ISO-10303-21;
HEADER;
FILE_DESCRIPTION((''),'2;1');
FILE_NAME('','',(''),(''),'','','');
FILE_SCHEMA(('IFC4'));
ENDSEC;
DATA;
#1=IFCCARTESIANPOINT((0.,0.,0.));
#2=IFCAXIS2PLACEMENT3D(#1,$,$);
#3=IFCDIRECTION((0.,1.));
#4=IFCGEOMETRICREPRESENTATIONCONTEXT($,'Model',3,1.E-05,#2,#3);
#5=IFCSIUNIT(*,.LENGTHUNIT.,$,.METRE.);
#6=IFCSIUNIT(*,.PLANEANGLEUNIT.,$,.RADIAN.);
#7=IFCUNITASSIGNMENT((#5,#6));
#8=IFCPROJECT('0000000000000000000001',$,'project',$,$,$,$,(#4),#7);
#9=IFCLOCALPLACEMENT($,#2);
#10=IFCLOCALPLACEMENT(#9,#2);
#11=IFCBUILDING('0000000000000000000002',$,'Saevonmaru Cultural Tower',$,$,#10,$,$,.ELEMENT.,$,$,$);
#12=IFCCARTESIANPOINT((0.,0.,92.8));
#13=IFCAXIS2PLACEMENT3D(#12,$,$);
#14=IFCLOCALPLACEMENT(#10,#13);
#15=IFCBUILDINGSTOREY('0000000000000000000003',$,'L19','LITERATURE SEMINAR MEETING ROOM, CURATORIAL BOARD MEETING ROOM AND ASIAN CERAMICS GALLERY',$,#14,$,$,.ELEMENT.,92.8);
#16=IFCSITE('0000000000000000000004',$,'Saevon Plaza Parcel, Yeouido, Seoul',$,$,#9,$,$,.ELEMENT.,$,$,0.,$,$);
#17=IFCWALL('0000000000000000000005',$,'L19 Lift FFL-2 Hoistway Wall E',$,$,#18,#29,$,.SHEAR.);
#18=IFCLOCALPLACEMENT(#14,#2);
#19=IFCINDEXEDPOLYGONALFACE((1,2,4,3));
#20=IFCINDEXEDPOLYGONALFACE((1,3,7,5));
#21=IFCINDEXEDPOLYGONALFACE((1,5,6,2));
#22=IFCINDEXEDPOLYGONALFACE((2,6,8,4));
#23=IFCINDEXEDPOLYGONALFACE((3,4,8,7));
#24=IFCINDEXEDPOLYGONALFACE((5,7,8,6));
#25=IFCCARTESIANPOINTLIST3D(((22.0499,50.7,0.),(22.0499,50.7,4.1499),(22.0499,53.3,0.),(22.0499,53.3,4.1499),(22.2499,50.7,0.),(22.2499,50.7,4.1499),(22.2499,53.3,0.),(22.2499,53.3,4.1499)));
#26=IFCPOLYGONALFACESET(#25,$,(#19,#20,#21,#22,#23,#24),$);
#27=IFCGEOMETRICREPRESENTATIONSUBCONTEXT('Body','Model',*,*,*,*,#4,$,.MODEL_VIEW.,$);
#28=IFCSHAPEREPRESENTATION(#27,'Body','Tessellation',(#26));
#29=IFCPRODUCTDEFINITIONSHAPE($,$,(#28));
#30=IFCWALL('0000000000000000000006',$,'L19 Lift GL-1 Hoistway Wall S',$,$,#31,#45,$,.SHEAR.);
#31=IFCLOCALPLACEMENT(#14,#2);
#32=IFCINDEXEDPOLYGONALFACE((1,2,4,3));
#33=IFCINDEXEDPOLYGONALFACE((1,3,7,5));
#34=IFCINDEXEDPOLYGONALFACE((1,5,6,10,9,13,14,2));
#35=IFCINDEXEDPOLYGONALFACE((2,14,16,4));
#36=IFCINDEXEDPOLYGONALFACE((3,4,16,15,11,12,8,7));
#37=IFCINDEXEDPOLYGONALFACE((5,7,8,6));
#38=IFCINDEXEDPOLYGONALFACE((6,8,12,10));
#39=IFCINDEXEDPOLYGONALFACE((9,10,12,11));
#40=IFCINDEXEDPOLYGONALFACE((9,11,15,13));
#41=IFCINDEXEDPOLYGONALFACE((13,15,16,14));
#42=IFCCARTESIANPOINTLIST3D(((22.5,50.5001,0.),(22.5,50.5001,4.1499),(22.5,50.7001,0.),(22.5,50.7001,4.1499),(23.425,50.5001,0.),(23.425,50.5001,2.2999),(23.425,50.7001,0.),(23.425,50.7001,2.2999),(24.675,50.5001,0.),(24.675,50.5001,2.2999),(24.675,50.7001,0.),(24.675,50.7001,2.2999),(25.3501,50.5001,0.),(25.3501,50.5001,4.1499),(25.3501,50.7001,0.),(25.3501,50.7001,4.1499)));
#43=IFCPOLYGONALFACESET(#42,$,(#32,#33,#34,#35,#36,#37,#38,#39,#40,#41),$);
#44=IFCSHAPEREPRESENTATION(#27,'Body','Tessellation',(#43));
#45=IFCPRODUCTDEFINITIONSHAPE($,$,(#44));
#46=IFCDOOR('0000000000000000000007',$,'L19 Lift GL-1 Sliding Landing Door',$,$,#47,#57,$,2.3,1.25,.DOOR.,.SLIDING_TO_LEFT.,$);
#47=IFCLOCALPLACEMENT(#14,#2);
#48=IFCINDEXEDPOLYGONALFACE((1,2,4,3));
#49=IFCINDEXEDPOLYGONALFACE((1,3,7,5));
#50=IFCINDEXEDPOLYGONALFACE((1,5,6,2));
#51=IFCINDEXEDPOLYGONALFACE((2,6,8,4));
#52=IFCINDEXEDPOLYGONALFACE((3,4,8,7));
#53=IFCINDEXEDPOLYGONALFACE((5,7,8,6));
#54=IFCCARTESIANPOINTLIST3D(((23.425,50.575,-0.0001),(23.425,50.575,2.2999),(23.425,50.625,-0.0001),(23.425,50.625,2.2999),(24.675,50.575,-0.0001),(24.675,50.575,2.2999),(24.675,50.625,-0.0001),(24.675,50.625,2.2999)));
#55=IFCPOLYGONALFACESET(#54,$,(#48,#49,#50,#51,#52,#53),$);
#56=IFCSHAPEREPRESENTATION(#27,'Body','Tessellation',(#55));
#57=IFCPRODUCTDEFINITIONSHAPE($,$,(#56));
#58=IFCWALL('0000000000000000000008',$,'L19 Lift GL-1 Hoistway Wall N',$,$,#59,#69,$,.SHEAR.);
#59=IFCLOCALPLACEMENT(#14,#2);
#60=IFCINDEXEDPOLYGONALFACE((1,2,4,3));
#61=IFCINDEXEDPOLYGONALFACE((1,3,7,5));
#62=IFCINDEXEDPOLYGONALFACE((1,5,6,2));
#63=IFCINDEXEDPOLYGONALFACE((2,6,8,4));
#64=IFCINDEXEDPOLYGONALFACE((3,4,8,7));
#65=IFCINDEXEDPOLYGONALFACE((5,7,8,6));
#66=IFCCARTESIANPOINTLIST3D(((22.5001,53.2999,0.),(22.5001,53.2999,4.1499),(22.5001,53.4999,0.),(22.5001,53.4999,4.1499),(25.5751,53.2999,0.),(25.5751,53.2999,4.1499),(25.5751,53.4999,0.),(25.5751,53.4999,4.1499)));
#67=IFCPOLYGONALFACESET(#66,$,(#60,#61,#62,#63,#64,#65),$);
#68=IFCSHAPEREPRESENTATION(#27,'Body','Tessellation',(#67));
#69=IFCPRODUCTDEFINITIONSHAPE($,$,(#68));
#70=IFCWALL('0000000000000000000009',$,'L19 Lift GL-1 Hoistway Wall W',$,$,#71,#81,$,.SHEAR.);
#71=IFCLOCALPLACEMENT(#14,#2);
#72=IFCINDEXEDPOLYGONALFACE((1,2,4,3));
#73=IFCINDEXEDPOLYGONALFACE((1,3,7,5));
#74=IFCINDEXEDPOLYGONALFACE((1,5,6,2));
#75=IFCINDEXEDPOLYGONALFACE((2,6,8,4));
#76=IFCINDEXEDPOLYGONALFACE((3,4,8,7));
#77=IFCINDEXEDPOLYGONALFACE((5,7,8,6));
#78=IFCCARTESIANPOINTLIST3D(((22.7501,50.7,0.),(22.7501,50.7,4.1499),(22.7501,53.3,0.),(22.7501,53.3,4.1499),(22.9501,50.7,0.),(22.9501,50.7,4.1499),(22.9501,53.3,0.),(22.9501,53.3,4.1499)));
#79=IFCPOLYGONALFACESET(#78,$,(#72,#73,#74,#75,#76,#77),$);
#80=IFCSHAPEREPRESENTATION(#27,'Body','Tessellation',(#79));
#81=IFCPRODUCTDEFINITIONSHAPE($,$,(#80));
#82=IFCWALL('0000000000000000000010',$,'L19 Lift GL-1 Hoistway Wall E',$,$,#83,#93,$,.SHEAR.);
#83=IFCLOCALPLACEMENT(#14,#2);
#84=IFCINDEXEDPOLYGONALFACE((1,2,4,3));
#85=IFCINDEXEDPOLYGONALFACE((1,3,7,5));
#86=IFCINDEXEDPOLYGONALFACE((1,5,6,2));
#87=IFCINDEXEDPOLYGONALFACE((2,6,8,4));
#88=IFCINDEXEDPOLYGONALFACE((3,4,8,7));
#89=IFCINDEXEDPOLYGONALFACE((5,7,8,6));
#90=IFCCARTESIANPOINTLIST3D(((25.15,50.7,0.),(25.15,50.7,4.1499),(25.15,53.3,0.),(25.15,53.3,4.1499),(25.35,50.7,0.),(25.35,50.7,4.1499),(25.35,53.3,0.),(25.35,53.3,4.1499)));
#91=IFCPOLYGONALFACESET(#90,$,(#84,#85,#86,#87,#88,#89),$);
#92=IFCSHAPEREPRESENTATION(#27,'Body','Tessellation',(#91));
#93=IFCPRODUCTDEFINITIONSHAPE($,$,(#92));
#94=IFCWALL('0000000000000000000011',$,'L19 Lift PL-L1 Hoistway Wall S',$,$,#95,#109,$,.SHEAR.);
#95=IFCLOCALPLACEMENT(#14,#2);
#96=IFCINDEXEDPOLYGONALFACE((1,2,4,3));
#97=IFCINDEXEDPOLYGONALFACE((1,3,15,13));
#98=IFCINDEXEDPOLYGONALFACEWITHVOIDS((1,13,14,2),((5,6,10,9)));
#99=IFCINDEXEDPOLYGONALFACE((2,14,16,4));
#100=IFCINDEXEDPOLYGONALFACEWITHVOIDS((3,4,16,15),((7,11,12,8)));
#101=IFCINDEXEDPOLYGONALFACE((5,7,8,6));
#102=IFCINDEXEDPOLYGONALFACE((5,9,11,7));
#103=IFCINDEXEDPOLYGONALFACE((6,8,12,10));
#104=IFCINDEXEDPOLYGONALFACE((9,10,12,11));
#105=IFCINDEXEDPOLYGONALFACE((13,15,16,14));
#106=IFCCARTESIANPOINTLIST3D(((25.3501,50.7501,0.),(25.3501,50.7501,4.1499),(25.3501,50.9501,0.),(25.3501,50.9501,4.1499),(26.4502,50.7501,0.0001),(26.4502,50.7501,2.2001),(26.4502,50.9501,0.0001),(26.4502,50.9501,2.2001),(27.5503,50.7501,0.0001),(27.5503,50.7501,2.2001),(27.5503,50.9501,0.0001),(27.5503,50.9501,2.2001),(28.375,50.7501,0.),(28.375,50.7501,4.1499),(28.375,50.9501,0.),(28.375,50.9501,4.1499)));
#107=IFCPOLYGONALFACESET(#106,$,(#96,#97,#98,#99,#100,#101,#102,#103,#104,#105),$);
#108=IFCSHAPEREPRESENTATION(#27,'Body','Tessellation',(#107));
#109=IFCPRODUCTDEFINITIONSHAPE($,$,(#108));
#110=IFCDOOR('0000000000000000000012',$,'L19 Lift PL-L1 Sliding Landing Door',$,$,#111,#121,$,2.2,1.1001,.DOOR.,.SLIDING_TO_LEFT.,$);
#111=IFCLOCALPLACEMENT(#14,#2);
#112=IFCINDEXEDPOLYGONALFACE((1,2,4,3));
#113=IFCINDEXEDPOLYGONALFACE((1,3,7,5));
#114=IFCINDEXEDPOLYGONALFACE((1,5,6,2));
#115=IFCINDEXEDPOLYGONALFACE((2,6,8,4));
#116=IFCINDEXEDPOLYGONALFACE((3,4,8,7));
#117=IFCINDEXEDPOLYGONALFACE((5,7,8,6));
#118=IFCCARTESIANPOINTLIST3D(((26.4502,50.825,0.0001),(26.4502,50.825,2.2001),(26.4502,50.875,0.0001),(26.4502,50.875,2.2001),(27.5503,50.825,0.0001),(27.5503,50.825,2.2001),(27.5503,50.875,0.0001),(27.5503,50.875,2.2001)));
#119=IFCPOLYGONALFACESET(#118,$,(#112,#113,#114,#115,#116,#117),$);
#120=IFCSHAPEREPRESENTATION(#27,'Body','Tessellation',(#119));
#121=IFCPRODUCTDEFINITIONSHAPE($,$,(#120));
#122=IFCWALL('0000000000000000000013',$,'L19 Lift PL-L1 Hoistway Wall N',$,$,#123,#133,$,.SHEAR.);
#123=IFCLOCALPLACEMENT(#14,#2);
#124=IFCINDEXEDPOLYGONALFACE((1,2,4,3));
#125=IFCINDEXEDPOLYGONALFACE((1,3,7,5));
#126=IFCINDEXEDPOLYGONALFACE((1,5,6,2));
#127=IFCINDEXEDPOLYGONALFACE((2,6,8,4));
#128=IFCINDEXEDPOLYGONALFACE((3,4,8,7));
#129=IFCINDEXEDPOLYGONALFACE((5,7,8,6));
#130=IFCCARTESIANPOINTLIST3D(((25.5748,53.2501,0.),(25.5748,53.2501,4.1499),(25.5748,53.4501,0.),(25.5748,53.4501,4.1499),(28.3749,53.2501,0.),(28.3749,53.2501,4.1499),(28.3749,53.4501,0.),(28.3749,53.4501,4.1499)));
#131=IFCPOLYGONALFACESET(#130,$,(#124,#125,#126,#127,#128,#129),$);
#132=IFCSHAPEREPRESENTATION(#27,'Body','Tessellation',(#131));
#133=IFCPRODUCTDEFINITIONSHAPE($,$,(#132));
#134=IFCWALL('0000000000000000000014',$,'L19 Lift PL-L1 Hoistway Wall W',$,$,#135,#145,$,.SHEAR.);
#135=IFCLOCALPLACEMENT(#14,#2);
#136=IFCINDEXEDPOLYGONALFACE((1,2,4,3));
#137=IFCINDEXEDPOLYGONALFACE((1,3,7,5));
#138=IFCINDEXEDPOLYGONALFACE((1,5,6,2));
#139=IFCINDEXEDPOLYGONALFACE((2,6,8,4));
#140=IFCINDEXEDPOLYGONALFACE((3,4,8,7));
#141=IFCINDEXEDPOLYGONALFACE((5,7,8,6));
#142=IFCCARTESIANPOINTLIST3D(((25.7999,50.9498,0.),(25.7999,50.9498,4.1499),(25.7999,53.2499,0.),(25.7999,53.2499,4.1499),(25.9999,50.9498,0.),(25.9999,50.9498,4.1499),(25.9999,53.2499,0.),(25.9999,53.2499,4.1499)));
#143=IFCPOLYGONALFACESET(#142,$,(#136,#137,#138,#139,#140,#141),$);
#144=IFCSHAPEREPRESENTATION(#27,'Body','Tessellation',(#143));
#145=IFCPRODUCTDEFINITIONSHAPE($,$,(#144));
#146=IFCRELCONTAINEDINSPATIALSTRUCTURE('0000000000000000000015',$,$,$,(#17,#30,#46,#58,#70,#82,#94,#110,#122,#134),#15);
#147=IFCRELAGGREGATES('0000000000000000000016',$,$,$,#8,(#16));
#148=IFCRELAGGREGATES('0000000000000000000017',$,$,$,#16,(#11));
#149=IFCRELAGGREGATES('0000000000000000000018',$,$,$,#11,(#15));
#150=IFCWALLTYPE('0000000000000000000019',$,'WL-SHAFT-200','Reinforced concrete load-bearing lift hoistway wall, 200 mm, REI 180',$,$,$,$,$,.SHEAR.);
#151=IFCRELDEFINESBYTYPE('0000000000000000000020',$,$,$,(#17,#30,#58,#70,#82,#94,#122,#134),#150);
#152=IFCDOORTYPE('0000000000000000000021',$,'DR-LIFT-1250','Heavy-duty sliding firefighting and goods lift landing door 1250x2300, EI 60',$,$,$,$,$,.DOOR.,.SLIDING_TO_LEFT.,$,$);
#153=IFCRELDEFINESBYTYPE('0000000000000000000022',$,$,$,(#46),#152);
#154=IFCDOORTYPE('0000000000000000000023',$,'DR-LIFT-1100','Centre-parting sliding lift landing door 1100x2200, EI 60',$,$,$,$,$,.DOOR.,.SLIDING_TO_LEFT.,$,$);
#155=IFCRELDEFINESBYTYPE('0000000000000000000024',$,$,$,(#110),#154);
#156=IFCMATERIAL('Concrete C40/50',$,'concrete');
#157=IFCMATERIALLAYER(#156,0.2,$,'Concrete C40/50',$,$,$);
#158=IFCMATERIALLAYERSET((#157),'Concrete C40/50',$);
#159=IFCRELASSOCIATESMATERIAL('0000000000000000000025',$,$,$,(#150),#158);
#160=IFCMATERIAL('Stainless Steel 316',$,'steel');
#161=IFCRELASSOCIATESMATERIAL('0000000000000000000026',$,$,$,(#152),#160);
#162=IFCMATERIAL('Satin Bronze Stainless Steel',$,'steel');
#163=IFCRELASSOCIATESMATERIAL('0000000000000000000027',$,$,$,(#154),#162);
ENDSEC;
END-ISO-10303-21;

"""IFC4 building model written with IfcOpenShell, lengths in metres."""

from ifc_helpers import new_model, si_unit, direction, frame, frame_2d, origin, place, context, subcontext, project, spatial, rectangle, extrude, material, layer, layer_set, type_object, element, fill, save


model = new_model("IFC4")

# Units and contexts
model_context = context("Model", 3, precision=1e-05, world=origin(), true_north=direction((0.0, 1.0)))
body_context = subcontext(model_context, "Body", "Model", "MODEL_VIEW")
ifc_project = project(units=[si_unit("LENGTHUNIT", "METRE"), si_unit("PLANEANGLEUNIT", "RADIAN")], contexts=[model_context])

# Site, building, storey
site_placement = place(None, origin())
site = spatial("IfcSite", under=ifc_project, at=site_placement, Name="Saevon Plaza Parcel, Yeouido, Seoul", CompositionType="ELEMENT", RefElevation=0.0)
building_placement = place(site_placement, origin())
building = spatial("IfcBuilding", under=site, at=building_placement, Name="Saevonmaru Cultural Tower", CompositionType="ELEMENT")
storey_placement = place(building_placement, frame((0.0, 0.0, 92.8)))
storey = spatial("IfcBuildingStorey", under=building, at=storey_placement, Name="L19", Description="LITERATURE SEMINAR MEETING ROOM, CURATORIAL BOARD MEETING ROOM AND ASIAN CERAMICS GALLERY", CompositionType="ELEMENT", Elevation=92.8)

# Wall
ifc_material_1 = material(Name="Concrete C40/50", Category="concrete")
ifc_layer_1 = layer(ifc_material_1, 0.2, Name="Concrete C40/50")
ifc_layer_set_1 = layer_set([ifc_layer_1], Name="Concrete C40/50")
wall_type_1 = type_object("IfcWallType", Name="WL-SHAFT-200", Description="Reinforced concrete load-bearing lift hoistway wall, 200 mm, REI 180", PredefinedType="SHEAR", material=ifc_layer_set_1)
for number, where, z_axis, x_axis, name in (
    (1, (22.1499, 50.7, 0.0), (0.0, 0.0, 1.0), (0.0, 1.0, 0.0), "L19 Lift FFL-2 Hoistway Wall E"),
):
    element("IfcWall", number, at=place(storey_placement, frame(where, z_axis=z_axis, x_axis=x_axis)), inside=storey, type_object=wall_type_1, Name=name, PredefinedType="SHEAR", context=body_context, shape_type="SweptSolid", body=[
        extrude(rectangle(XDim=2.6001, YDim=0.2, at=frame_2d((1.3, 0.0))), origin(), (0.0, 0.0, 1.0), 4.1499),
    ])

# Wall, opening, door
wall_1_placement = place(storey_placement, frame((22.5, 50.6001, 0.0), z_axis=(0.0, 0.0, 1.0), x_axis=(1.0, 0.0, 0.0)))
wall_1 = element("IfcWall", 2, at=wall_1_placement, inside=storey, type_object=wall_type_1, Name="L19 Lift GL-1 Hoistway Wall S", PredefinedType="SHEAR", context=body_context, shape_type="SweptSolid", body=[
    extrude(rectangle(XDim=2.8501, YDim=0.2, at=frame_2d((1.425, 0.0))), origin(), (0.0, 0.0, 1.0), 4.1499),
])
opening_1_placement = place(wall_1_placement, frame((0.925, 0.0, 0.0)))
opening_1 = element("IfcOpeningElement", 3, at=opening_1_placement, cuts=wall_1, PredefinedType="OPENING", context=body_context, shape_type="SweptSolid", body=[
    extrude(rectangle(XDim=1.25, YDim=2.3, at=frame_2d((0.625, 1.1499))), frame((0.0, 0.1099, 0.0), z_axis=(0.0, -1.0, 0.0), x_axis=(1.0, 0.0, 0.0)), (0.0, 0.0, 1.0), 0.22),
])
ifc_material_2 = material(Name="Stainless Steel 316", Category="steel")
door_type_1 = type_object("IfcDoorType", Name="DR-LIFT-1250", Description="Heavy-duty sliding firefighting and goods lift landing door 1250x2300, EI 60", OperationType="SLIDING_TO_LEFT", PredefinedType="DOOR", material=ifc_material_2)
door_1_placement = place(opening_1_placement, origin())
door_1 = element("IfcDoor", 4, at=door_1_placement, inside=storey, type_object=door_type_1, Name="L19 Lift GL-1 Sliding Landing Door", OperationType="SLIDING_TO_LEFT", OverallHeight=2.3, OverallWidth=1.25, PredefinedType="DOOR", context=body_context, shape_type="SweptSolid", body=[
    extrude(rectangle(XDim=1.25, YDim=2.3, at=frame_2d((0.625, 1.1499))), frame((0.0, 0.0249, 0.0), z_axis=(0.0, -1.0, 0.0), x_axis=(1.0, 0.0, 0.0)), (0.0, 0.0, 1.0), 0.05),
])
fill(opening_1, door_1)

# Walls
wall_2_placement = place(storey_placement, frame((22.5, 53.3999, 0.0), z_axis=(0.0, 0.0, 1.0), x_axis=(1.0, 0.0, 0.0)))
element("IfcWall", 5, at=wall_2_placement, inside=storey, type_object=wall_type_1, Name="L19 Lift GL-1 Hoistway Wall N", PredefinedType="SHEAR", context=body_context, shape_type="SweptSolid", body=[
    extrude(rectangle(XDim=3.075, YDim=0.2, at=frame_2d((1.5376, 0.0))), origin(), (0.0, 0.0, 1.0), 4.1499),
])
for number, where, z_axis, x_axis, name in (
    (6, (22.8501, 50.7, 0.0), (0.0, 0.0, 1.0), (0.0, 1.0, 0.0), "L19 Lift GL-1 Hoistway Wall W"),
    (7, (25.25, 50.7, 0.0), (0.0, 0.0, 1.0), (0.0, 1.0, 0.0), "L19 Lift GL-1 Hoistway Wall E"),
):
    element("IfcWall", number, at=place(storey_placement, frame(where, z_axis=z_axis, x_axis=x_axis)), inside=storey, type_object=wall_type_1, Name=name, PredefinedType="SHEAR", context=body_context, shape_type="SweptSolid", body=[
        extrude(rectangle(XDim=2.6001, YDim=0.2, at=frame_2d((1.3, 0.0))), origin(), (0.0, 0.0, 1.0), 4.1499),
    ])

# Wall, opening, door
wall_3_placement = place(storey_placement, frame((25.3501, 50.8501, 0.0), z_axis=(0.0, 0.0, 1.0), x_axis=(1.0, 0.0, 0.0)))
wall_3 = element("IfcWall", 8, at=wall_3_placement, inside=storey, type_object=wall_type_1, Name="L19 Lift PL-L1 Hoistway Wall S", PredefinedType="SHEAR", context=body_context, shape_type="SweptSolid", body=[
    extrude(rectangle(XDim=3.0249, YDim=0.2, at=frame_2d((1.5125, 0.0))), origin(), (0.0, 0.0, 1.0), 4.1499),
])
opening_2_placement = place(wall_3_placement, frame((1.1001, 0.0, 0.0)))
opening_2 = element("IfcOpeningElement", 9, at=opening_2_placement, cuts=wall_3, PredefinedType="OPENING", context=body_context, shape_type="SweptSolid", body=[
    extrude(rectangle(XDim=1.1001, YDim=2.2, at=frame_2d((0.55, 1.1001))), frame((0.0, 0.1099, 0.0), z_axis=(0.0, -1.0, 0.0), x_axis=(1.0, 0.0, 0.0)), (0.0, 0.0, 1.0), 0.22),
])
ifc_material_3 = material(Name="Satin Bronze Stainless Steel", Category="steel")
door_type_2 = type_object("IfcDoorType", Name="DR-LIFT-1100", Description="Centre-parting sliding lift landing door 1100x2200, EI 60", OperationType="SLIDING_TO_LEFT", PredefinedType="DOOR", material=ifc_material_3)
door_2_placement = place(opening_2_placement, origin())
door_2 = element("IfcDoor", 10, at=door_2_placement, inside=storey, type_object=door_type_2, Name="L19 Lift PL-L1 Sliding Landing Door", OperationType="SLIDING_TO_LEFT", OverallHeight=2.2, OverallWidth=1.1001, PredefinedType="DOOR", context=body_context, shape_type="SweptSolid", body=[
    extrude(rectangle(XDim=1.1001, YDim=2.2, at=frame_2d((0.55, 1.1001))), frame((0.0, 0.0249, 0.0), z_axis=(0.0, -1.0, 0.0), x_axis=(1.0, 0.0, 0.0)), (0.0, 0.0, 1.0), 0.05),
])
fill(opening_2, door_2)

# Walls
wall_4_placement = place(storey_placement, frame((25.575, 53.3501, 0.0), z_axis=(0.0, 0.0, 1.0), x_axis=(1.0, 0.0, 0.0)))
element("IfcWall", 11, at=wall_4_placement, inside=storey, type_object=wall_type_1, Name="L19 Lift PL-L1 Hoistway Wall N", PredefinedType="SHEAR", context=body_context, shape_type="SweptSolid", body=[
    extrude(rectangle(XDim=2.8, YDim=0.2, at=frame_2d((1.3999, 0.0))), origin(), (0.0, 0.0, 1.0), 4.1499),
])
wall_5_placement = place(storey_placement, frame((25.8999, 50.95, 0.0), z_axis=(0.0, 0.0, 1.0), x_axis=(0.0, 1.0, 0.0)))
element("IfcWall", 12, at=wall_5_placement, inside=storey, type_object=wall_type_1, Name="L19 Lift PL-L1 Hoistway Wall W", PredefinedType="SHEAR", context=body_context, shape_type="SweptSolid", body=[
    extrude(rectangle(XDim=2.3, YDim=0.2, at=frame_2d((1.1499, 0.0))), origin(), (0.0, 0.0, 1.0), 4.1499),
])

save(model, "model.ifc")
